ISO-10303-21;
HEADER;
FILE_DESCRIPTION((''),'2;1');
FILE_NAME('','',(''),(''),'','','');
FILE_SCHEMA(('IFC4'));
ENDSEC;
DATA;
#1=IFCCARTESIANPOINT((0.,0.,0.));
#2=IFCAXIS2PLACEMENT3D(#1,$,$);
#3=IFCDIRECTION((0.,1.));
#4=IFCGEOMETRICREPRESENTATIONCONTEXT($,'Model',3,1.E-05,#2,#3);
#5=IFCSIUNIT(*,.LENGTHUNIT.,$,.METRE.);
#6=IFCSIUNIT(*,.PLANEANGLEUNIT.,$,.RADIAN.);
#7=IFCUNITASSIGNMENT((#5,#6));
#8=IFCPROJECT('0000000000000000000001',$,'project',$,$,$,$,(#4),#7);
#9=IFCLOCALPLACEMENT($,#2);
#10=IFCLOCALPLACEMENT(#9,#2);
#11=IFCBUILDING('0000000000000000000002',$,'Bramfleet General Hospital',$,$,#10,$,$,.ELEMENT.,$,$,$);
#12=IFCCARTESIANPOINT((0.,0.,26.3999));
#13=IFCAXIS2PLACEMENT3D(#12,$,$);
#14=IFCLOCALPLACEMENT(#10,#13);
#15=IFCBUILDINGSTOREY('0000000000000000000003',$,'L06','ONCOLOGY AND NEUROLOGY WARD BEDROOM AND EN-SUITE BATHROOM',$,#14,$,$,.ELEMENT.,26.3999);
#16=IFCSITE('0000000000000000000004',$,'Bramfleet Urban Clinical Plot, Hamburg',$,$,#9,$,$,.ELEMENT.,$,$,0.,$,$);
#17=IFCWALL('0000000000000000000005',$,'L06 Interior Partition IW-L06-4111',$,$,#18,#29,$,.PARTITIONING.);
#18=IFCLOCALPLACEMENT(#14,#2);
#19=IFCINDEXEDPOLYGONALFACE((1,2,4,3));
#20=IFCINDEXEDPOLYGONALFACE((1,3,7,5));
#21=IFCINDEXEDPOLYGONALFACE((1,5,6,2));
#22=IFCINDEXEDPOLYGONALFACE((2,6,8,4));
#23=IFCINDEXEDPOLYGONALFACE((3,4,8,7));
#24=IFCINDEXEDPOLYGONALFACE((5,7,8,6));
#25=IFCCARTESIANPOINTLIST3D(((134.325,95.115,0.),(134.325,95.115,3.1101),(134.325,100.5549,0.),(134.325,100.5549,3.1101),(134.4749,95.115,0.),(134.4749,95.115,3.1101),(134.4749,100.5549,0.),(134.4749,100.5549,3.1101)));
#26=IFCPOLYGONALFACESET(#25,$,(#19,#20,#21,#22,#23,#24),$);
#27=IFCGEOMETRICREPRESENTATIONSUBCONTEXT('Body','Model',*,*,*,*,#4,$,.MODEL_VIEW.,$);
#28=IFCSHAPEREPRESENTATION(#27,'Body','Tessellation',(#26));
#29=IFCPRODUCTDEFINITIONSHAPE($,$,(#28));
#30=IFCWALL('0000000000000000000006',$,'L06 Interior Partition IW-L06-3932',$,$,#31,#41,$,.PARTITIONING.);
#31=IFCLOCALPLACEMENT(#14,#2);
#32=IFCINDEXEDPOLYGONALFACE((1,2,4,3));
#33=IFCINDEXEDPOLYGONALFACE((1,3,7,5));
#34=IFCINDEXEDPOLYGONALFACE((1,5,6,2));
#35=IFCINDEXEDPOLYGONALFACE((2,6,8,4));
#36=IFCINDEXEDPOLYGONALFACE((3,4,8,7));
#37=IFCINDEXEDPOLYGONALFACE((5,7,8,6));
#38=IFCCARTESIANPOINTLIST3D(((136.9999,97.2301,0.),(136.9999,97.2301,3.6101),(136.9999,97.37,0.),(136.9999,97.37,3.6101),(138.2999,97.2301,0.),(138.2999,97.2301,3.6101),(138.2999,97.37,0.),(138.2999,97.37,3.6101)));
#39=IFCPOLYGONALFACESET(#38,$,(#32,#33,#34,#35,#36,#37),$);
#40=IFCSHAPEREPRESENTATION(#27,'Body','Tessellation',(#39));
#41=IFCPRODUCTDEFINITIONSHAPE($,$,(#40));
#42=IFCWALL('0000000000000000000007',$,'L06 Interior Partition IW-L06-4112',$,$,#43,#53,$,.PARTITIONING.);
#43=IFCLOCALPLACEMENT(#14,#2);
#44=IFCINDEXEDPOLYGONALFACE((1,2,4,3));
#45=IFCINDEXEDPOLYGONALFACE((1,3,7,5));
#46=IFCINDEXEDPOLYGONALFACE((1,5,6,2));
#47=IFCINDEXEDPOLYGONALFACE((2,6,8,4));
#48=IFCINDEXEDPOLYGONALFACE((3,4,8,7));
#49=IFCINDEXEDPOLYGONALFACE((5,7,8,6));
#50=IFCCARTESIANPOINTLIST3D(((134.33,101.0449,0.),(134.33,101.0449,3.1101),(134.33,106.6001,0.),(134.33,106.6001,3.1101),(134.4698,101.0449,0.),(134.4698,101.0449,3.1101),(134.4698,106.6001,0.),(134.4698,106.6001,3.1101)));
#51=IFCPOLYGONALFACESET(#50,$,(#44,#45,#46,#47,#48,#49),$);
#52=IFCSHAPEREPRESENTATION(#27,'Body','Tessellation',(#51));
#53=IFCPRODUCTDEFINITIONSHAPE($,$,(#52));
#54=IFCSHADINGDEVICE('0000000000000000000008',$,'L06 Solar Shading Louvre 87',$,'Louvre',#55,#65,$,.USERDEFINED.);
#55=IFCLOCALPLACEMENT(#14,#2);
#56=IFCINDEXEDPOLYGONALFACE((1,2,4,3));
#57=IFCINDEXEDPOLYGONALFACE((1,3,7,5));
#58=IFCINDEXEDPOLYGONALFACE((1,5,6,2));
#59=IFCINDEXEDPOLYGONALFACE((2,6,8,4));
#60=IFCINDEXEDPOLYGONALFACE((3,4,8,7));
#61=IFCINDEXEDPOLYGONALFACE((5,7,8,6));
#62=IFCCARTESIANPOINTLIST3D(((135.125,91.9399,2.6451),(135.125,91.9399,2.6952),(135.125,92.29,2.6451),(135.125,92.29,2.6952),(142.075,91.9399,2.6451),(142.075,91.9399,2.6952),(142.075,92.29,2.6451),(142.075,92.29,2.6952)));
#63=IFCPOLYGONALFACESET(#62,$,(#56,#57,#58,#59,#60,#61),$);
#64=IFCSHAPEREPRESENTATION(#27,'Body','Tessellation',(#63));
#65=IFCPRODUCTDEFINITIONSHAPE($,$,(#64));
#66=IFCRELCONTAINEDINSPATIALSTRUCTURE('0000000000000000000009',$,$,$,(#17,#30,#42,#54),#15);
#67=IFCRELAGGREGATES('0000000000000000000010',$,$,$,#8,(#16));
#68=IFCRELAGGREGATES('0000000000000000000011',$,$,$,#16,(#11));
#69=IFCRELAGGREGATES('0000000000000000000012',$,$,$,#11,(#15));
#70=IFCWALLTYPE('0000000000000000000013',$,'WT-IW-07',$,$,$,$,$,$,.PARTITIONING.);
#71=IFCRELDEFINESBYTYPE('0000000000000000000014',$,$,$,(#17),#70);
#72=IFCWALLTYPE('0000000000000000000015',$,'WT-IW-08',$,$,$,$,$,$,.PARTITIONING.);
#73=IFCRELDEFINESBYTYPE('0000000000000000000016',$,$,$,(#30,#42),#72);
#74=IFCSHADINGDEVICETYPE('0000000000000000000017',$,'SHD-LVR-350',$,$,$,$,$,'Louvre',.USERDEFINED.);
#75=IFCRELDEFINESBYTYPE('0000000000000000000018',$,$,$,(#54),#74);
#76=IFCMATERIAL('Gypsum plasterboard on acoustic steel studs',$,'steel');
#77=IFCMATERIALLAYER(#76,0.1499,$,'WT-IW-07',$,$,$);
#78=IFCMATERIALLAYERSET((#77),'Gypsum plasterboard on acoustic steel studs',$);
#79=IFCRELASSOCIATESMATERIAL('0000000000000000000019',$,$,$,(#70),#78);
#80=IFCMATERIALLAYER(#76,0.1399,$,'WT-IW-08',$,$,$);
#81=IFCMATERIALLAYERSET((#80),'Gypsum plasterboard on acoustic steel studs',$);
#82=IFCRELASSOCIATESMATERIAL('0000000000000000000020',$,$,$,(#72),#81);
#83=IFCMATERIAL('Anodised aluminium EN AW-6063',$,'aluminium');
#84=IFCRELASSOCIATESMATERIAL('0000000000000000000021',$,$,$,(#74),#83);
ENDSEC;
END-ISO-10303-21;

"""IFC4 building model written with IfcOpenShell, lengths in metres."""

from ifc_helpers import new_model, si_unit, direction, frame, frame_2d, origin, origin_2d, place, context, subcontext, project, spatial, rectangle, extrude, material, layer, layer_set, material_profile, profile_set, type_object, element, save


model = new_model("IFC4")

# Units and contexts
model_context = context("Model", 3, precision=1e-05, world=origin(), true_north=direction((0.0, 1.0)))
body_context = subcontext(model_context, "Body", "Model", "MODEL_VIEW")
ifc_project = project(units=[si_unit("LENGTHUNIT", "METRE"), si_unit("PLANEANGLEUNIT", "RADIAN")], contexts=[model_context])

# Site, building, storey
site_placement = place(None, origin())
site = spatial("IfcSite", under=ifc_project, at=site_placement, Name="Bramfleet Urban Clinical Plot, Hamburg", CompositionType="ELEMENT", RefElevation=0.0)
building_placement = place(site_placement, origin())
building = spatial("IfcBuilding", under=site, at=building_placement, Name="Bramfleet General Hospital", CompositionType="ELEMENT")
storey_placement = place(building_placement, frame((0.0, 0.0, 26.3999)))
storey = spatial("IfcBuildingStorey", under=building, at=storey_placement, Name="L06", Description="ONCOLOGY AND NEUROLOGY WARD BEDROOM AND EN-SUITE BATHROOM", CompositionType="ELEMENT", Elevation=26.3999)

# Walls
ifc_material_1 = material(Name="Gypsum plasterboard on acoustic steel studs", Category="steel")
ifc_layer_1 = layer(ifc_material_1, 0.1499, Name="WT-IW-07")
ifc_layer_set_1 = layer_set([ifc_layer_1], Name="Gypsum plasterboard on acoustic steel studs")
wall_type_1 = type_object("IfcWallType", Name="WT-IW-07", PredefinedType="PARTITIONING", material=ifc_layer_set_1)
wall_1_placement = place(storey_placement, frame((134.3999, 95.115, 0.0), z_axis=(0.0, 0.0, 1.0), x_axis=(0.0, 1.0, 0.0)))
element("IfcWall", 1, at=wall_1_placement, inside=storey, type_object=wall_type_1, Name="L06 Interior Partition IW-L06-4111", PredefinedType="PARTITIONING", context=body_context, shape_type="SweptSolid", body=[
    extrude(rectangle(XDim=5.4399, YDim=0.1499, at=frame_2d((2.72, 0.0))), origin(), (0.0, 0.0, 1.0), 3.1101),
])
ifc_layer_2 = layer(ifc_material_1, 0.1399, Name="WT-IW-08")
ifc_layer_set_2 = layer_set([ifc_layer_2], Name="Gypsum plasterboard on acoustic steel studs")
wall_type_2 = type_object("IfcWallType", Name="WT-IW-08", PredefinedType="PARTITIONING", material=ifc_layer_set_2)
wall_2_placement = place(storey_placement, frame((137.0, 97.3, 0.0), z_axis=(0.0, 0.0, 1.0), x_axis=(1.0, 0.0, 0.0)))
element("IfcWall", 2, at=wall_2_placement, inside=storey, type_object=wall_type_2, Name="L06 Interior Partition IW-L06-3932", PredefinedType="PARTITIONING", context=body_context, shape_type="SweptSolid", body=[
    extrude(rectangle(XDim=1.3, YDim=0.1399, at=frame_2d((0.6499, 0.0))), origin(), (0.0, 0.0, 1.0), 3.6101),
])
wall_3_placement = place(storey_placement, frame((134.3999, 101.0449, 0.0), z_axis=(0.0, 0.0, 1.0), x_axis=(0.0, 1.0, 0.0)))
element("IfcWall", 3, at=wall_3_placement, inside=storey, type_object=wall_type_2, Name="L06 Interior Partition IW-L06-4112", PredefinedType="PARTITIONING", context=body_context, shape_type="SweptSolid", body=[
    extrude(rectangle(XDim=5.5552, YDim=0.1399, at=frame_2d((2.7776, 0.0))), origin(), (0.0, 0.0, 1.0), 3.1101),
])

# Shading device
ifc_material_2 = material(Name="Anodised aluminium EN AW-6063", Category="aluminium")
ifc_material_profile_1 = material_profile(ifc_material_2, rectangle(XDim=0.05, YDim=0.3501, at=origin_2d()), Name="ALU LOUVRE 350x50")
ifc_profile_set_1 = profile_set([ifc_material_profile_1], Name="Anodised aluminium EN AW-6063")
shading_device_type = type_object("IfcShadingDeviceType", Name="SHD-LVR-350", ElementType="Louvre", PredefinedType="USERDEFINED", material=ifc_profile_set_1)
shading_device_placement = place(storey_placement, frame((142.075, 92.115, 2.6702), z_axis=(-1.0, 0.0, 0.0), x_axis=(0.0, 0.0, 1.0)))
element("IfcShadingDevice", 4, at=shading_device_placement, inside=storey, type_object=shading_device_type, Name="L06 Solar Shading Louvre 87", ObjectType="Louvre", PredefinedType="USERDEFINED", context=body_context, shape_type="SweptSolid", body=[
    extrude(rectangle(XDim=0.05, YDim=0.3501, at=origin_2d()), origin(), (0.0, 0.0, 1.0), 6.95),
])

save(model, "model.ifc")
